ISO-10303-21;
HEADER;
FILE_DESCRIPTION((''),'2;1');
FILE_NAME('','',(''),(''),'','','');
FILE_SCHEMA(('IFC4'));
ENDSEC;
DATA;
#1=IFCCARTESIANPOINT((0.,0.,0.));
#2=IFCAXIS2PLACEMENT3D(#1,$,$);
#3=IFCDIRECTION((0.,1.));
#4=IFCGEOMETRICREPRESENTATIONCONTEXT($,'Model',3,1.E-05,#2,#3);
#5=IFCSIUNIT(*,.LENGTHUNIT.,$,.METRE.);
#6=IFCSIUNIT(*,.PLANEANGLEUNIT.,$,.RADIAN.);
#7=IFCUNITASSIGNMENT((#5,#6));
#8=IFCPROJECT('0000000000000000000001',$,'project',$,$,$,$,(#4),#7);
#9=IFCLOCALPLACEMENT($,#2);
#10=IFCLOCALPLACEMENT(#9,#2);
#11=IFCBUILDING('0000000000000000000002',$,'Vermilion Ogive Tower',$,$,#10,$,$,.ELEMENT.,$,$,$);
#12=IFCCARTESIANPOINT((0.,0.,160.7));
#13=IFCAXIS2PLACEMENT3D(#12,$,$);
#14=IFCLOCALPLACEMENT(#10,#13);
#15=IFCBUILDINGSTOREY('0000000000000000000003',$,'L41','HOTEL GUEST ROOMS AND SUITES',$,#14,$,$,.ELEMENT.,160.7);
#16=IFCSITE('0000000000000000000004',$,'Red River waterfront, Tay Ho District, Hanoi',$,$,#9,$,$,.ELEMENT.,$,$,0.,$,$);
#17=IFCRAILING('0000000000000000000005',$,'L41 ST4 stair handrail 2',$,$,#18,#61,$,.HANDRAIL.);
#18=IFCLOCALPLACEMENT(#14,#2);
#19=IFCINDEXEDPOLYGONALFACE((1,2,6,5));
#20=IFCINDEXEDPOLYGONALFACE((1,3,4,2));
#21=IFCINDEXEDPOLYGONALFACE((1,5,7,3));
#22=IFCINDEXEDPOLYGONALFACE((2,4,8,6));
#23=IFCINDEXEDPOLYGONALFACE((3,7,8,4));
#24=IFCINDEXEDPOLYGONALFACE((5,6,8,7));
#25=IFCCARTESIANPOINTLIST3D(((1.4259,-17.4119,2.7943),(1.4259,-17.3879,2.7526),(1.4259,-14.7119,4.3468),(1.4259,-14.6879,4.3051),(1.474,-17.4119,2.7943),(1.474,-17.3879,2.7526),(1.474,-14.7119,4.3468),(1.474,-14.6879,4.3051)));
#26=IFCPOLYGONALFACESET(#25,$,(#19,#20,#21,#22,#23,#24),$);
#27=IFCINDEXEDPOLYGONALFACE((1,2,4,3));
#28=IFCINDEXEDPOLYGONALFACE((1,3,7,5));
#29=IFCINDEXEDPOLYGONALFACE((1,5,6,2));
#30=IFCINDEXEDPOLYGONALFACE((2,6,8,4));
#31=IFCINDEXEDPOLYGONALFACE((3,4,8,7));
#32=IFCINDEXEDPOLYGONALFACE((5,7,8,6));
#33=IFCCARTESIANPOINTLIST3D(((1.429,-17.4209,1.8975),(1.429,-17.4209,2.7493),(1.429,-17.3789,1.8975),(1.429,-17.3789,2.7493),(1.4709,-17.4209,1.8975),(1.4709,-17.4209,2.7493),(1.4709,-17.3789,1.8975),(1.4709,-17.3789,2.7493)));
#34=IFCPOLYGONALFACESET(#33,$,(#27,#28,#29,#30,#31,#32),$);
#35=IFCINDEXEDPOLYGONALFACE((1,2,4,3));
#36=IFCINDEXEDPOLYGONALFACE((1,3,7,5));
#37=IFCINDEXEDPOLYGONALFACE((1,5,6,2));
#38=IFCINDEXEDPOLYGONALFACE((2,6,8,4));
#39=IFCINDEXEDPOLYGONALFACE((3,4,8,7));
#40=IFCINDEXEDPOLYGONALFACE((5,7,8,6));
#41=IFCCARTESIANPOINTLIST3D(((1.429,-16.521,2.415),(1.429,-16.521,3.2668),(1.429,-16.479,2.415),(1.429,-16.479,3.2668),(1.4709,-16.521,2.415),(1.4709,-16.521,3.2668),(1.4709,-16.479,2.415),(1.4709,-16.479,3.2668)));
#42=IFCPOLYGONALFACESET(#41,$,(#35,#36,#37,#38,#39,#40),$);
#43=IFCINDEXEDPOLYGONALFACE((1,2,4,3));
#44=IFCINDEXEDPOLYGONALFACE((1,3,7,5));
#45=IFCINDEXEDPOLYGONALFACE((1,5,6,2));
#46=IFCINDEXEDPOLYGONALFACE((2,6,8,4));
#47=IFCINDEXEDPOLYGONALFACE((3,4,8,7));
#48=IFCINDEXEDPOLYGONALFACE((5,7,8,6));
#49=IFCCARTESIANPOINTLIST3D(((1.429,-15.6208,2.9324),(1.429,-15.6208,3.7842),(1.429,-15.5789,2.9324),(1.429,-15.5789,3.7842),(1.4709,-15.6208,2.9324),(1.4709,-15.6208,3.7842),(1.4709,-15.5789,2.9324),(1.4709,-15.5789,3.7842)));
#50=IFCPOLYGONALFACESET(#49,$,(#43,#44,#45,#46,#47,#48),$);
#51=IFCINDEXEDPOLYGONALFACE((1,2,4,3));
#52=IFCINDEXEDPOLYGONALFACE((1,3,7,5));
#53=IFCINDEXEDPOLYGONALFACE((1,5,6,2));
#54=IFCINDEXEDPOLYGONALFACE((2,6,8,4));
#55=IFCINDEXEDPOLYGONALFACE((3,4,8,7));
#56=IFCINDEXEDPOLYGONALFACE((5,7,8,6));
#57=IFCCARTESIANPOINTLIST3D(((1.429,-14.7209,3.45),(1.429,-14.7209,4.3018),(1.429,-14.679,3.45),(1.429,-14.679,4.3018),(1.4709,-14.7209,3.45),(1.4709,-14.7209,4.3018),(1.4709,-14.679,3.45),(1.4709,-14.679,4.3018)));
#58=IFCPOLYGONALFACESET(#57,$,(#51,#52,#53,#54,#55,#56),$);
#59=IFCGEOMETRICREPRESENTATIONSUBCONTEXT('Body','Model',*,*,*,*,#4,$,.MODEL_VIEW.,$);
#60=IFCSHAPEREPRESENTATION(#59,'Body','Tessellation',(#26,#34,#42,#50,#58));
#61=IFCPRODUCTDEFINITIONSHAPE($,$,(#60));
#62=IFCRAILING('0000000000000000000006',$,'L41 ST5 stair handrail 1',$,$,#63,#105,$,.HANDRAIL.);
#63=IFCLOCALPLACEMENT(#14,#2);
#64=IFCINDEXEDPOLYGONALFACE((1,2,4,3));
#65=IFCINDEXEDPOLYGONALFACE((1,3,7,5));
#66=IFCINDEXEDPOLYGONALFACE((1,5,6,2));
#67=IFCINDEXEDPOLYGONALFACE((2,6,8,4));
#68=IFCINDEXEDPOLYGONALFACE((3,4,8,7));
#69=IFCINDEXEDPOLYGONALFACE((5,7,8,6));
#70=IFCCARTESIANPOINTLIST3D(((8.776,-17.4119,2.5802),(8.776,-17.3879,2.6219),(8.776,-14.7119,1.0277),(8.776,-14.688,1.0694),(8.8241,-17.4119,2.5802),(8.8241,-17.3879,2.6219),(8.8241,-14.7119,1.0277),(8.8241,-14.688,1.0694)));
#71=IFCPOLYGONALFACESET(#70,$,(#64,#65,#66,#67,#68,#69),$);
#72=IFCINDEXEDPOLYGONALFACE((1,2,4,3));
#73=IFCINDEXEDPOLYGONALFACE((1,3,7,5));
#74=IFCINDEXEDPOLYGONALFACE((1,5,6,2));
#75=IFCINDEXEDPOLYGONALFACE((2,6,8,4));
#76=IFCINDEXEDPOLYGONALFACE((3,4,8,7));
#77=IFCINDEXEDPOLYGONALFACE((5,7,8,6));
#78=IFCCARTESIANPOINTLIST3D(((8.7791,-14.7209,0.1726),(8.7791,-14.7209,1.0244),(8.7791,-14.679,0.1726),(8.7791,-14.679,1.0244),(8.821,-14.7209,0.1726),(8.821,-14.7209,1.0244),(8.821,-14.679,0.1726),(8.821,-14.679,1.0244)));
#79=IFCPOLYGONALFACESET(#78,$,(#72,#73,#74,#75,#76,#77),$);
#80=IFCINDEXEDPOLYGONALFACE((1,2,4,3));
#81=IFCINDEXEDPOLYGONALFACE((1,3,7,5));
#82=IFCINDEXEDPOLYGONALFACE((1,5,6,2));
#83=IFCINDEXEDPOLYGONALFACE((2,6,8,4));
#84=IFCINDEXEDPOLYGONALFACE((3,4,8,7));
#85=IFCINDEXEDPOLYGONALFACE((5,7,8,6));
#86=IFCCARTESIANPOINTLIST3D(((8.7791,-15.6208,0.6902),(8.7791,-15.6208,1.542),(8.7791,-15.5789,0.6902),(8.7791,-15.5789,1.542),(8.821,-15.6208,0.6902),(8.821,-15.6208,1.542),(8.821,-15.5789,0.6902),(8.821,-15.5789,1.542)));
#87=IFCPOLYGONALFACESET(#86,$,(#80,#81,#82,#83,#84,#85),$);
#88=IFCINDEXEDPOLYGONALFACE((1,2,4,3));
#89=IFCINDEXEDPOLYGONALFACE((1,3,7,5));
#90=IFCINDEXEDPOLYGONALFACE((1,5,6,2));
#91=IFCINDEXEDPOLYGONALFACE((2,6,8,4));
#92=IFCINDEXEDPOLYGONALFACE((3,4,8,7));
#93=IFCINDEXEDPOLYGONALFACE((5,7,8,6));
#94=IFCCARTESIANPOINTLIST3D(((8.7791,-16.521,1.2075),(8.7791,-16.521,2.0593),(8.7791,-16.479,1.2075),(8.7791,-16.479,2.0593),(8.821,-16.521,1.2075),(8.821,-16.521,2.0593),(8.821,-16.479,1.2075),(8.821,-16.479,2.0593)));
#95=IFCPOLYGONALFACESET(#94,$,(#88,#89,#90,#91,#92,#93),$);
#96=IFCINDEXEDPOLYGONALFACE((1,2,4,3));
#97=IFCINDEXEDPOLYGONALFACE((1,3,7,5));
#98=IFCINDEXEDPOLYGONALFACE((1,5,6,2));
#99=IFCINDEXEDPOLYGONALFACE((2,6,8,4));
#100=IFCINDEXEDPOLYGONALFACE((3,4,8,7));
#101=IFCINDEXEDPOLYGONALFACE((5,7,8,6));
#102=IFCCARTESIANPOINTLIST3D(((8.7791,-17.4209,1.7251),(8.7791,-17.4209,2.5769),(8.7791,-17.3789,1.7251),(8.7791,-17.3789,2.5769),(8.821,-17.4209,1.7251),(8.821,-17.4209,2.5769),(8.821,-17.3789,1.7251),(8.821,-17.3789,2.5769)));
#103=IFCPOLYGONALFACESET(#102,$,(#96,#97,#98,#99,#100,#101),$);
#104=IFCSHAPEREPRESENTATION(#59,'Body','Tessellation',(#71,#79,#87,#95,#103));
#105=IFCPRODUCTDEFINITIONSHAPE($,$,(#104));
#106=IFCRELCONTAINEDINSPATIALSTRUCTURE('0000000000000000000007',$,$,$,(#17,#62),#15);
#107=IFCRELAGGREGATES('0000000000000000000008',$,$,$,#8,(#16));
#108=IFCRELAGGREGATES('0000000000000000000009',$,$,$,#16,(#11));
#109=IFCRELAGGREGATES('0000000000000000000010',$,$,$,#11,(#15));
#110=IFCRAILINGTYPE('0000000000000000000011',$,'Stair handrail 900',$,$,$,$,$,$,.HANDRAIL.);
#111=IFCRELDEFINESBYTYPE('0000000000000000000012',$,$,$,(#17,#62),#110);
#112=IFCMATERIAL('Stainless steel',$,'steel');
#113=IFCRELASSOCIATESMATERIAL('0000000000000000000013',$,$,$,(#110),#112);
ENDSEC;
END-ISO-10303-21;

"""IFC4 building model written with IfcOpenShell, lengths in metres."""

from ifc_helpers import new_model, si_unit, direction, frame, origin, origin_2d, place, context, subcontext, project, spatial, rectangle, extrude, material, type_object, element, save


model = new_model("IFC4")

# Units and contexts
model_context = context("Model", 3, precision=1e-05, world=origin(), true_north=direction((0.0, 1.0)))
body_context = subcontext(model_context, "Body", "Model", "MODEL_VIEW")
ifc_project = project(units=[si_unit("LENGTHUNIT", "METRE"), si_unit("PLANEANGLEUNIT", "RADIAN")], contexts=[model_context])

# Site, building, storey
site_placement = place(None, origin())
site = spatial("IfcSite", under=ifc_project, at=site_placement, Name="Red River waterfront, Tay Ho District, Hanoi", CompositionType="ELEMENT", RefElevation=0.0)
building_placement = place(site_placement, origin())
building = spatial("IfcBuilding", under=site, at=building_placement, Name="Vermilion Ogive Tower", CompositionType="ELEMENT")
storey_placement = place(building_placement, frame((0.0, 0.0, 160.7)))
storey = spatial("IfcBuildingStorey", under=building, at=storey_placement, Name="L41", Description="HOTEL GUEST ROOMS AND SUITES", CompositionType="ELEMENT", Elevation=160.7)

# Railings
ifc_material_1 = material(Name="Stainless steel", Category="steel")
railing_type_1 = type_object("IfcRailingType", Name="Stair handrail 900", PredefinedType="HANDRAIL", material=ifc_material_1)
railing_1_placement = place(storey_placement, frame((1.45, -17.3999, 1.8975)))
element("IfcRailing", 1, at=railing_1_placement, inside=storey, type_object=railing_type_1, Name="L41 ST4 stair handrail 2", PredefinedType="HANDRAIL", context=body_context, shape_type="SweptSolid", body=[
    extrude(rectangle(XDim=0.0481, YDim=0.0481, at=origin_2d()), frame((0.0, 0.0, 0.876), z_axis=(0.0, 0.866904, 0.498476), x_axis=(-1.0, 0.0, 0.0)), (0.0, 0.0, 1.0), 3.1145),
    extrude(rectangle(XDim=0.042, YDim=0.042, at=origin_2d()), origin(), (0.0, 0.0, 1.0), 0.8518),
    extrude(rectangle(XDim=0.042, YDim=0.042, at=origin_2d()), frame((0.0, 0.8999, 0.5176)), (0.0, 0.0, 1.0), 0.8518),
    extrude(rectangle(XDim=0.042, YDim=0.042, at=origin_2d()), frame((0.0, 1.8, 1.0349)), (0.0, 0.0, 1.0), 0.8518),
    extrude(rectangle(XDim=0.042, YDim=0.042, at=origin_2d()), frame((0.0, 2.7, 1.5525)), (0.0, 0.0, 1.0), 0.8518),
])
railing_2_placement = place(storey_placement, frame((8.8, -14.7, 0.1726)))
element("IfcRailing", 2, at=railing_2_placement, inside=storey, type_object=railing_type_1, Name="L41 ST5 stair handrail 1", PredefinedType="HANDRAIL", context=body_context, shape_type="SweptSolid", body=[
    extrude(rectangle(XDim=0.0481, YDim=0.0481, at=origin_2d()), frame((0.0, 0.0, 0.876), z_axis=(0.0, -0.866904, 0.498476), x_axis=(1.0, 0.0, 0.0)), (0.0, 0.0, 1.0), 3.1145),
    extrude(rectangle(XDim=0.042, YDim=0.042, at=origin_2d()), origin(), (0.0, 0.0, 1.0), 0.8518),
    extrude(rectangle(XDim=0.042, YDim=0.042, at=origin_2d()), frame((0.0, -0.8999, 0.5176)), (0.0, 0.0, 1.0), 0.8518),
    extrude(rectangle(XDim=0.042, YDim=0.042, at=origin_2d()), frame((0.0, -1.8, 1.0349)), (0.0, 0.0, 1.0), 0.8518),
    extrude(rectangle(XDim=0.042, YDim=0.042, at=origin_2d()), frame((0.0, -2.7, 1.5525)), (0.0, 0.0, 1.0), 0.8518),
])

save(model, "model.ifc")
